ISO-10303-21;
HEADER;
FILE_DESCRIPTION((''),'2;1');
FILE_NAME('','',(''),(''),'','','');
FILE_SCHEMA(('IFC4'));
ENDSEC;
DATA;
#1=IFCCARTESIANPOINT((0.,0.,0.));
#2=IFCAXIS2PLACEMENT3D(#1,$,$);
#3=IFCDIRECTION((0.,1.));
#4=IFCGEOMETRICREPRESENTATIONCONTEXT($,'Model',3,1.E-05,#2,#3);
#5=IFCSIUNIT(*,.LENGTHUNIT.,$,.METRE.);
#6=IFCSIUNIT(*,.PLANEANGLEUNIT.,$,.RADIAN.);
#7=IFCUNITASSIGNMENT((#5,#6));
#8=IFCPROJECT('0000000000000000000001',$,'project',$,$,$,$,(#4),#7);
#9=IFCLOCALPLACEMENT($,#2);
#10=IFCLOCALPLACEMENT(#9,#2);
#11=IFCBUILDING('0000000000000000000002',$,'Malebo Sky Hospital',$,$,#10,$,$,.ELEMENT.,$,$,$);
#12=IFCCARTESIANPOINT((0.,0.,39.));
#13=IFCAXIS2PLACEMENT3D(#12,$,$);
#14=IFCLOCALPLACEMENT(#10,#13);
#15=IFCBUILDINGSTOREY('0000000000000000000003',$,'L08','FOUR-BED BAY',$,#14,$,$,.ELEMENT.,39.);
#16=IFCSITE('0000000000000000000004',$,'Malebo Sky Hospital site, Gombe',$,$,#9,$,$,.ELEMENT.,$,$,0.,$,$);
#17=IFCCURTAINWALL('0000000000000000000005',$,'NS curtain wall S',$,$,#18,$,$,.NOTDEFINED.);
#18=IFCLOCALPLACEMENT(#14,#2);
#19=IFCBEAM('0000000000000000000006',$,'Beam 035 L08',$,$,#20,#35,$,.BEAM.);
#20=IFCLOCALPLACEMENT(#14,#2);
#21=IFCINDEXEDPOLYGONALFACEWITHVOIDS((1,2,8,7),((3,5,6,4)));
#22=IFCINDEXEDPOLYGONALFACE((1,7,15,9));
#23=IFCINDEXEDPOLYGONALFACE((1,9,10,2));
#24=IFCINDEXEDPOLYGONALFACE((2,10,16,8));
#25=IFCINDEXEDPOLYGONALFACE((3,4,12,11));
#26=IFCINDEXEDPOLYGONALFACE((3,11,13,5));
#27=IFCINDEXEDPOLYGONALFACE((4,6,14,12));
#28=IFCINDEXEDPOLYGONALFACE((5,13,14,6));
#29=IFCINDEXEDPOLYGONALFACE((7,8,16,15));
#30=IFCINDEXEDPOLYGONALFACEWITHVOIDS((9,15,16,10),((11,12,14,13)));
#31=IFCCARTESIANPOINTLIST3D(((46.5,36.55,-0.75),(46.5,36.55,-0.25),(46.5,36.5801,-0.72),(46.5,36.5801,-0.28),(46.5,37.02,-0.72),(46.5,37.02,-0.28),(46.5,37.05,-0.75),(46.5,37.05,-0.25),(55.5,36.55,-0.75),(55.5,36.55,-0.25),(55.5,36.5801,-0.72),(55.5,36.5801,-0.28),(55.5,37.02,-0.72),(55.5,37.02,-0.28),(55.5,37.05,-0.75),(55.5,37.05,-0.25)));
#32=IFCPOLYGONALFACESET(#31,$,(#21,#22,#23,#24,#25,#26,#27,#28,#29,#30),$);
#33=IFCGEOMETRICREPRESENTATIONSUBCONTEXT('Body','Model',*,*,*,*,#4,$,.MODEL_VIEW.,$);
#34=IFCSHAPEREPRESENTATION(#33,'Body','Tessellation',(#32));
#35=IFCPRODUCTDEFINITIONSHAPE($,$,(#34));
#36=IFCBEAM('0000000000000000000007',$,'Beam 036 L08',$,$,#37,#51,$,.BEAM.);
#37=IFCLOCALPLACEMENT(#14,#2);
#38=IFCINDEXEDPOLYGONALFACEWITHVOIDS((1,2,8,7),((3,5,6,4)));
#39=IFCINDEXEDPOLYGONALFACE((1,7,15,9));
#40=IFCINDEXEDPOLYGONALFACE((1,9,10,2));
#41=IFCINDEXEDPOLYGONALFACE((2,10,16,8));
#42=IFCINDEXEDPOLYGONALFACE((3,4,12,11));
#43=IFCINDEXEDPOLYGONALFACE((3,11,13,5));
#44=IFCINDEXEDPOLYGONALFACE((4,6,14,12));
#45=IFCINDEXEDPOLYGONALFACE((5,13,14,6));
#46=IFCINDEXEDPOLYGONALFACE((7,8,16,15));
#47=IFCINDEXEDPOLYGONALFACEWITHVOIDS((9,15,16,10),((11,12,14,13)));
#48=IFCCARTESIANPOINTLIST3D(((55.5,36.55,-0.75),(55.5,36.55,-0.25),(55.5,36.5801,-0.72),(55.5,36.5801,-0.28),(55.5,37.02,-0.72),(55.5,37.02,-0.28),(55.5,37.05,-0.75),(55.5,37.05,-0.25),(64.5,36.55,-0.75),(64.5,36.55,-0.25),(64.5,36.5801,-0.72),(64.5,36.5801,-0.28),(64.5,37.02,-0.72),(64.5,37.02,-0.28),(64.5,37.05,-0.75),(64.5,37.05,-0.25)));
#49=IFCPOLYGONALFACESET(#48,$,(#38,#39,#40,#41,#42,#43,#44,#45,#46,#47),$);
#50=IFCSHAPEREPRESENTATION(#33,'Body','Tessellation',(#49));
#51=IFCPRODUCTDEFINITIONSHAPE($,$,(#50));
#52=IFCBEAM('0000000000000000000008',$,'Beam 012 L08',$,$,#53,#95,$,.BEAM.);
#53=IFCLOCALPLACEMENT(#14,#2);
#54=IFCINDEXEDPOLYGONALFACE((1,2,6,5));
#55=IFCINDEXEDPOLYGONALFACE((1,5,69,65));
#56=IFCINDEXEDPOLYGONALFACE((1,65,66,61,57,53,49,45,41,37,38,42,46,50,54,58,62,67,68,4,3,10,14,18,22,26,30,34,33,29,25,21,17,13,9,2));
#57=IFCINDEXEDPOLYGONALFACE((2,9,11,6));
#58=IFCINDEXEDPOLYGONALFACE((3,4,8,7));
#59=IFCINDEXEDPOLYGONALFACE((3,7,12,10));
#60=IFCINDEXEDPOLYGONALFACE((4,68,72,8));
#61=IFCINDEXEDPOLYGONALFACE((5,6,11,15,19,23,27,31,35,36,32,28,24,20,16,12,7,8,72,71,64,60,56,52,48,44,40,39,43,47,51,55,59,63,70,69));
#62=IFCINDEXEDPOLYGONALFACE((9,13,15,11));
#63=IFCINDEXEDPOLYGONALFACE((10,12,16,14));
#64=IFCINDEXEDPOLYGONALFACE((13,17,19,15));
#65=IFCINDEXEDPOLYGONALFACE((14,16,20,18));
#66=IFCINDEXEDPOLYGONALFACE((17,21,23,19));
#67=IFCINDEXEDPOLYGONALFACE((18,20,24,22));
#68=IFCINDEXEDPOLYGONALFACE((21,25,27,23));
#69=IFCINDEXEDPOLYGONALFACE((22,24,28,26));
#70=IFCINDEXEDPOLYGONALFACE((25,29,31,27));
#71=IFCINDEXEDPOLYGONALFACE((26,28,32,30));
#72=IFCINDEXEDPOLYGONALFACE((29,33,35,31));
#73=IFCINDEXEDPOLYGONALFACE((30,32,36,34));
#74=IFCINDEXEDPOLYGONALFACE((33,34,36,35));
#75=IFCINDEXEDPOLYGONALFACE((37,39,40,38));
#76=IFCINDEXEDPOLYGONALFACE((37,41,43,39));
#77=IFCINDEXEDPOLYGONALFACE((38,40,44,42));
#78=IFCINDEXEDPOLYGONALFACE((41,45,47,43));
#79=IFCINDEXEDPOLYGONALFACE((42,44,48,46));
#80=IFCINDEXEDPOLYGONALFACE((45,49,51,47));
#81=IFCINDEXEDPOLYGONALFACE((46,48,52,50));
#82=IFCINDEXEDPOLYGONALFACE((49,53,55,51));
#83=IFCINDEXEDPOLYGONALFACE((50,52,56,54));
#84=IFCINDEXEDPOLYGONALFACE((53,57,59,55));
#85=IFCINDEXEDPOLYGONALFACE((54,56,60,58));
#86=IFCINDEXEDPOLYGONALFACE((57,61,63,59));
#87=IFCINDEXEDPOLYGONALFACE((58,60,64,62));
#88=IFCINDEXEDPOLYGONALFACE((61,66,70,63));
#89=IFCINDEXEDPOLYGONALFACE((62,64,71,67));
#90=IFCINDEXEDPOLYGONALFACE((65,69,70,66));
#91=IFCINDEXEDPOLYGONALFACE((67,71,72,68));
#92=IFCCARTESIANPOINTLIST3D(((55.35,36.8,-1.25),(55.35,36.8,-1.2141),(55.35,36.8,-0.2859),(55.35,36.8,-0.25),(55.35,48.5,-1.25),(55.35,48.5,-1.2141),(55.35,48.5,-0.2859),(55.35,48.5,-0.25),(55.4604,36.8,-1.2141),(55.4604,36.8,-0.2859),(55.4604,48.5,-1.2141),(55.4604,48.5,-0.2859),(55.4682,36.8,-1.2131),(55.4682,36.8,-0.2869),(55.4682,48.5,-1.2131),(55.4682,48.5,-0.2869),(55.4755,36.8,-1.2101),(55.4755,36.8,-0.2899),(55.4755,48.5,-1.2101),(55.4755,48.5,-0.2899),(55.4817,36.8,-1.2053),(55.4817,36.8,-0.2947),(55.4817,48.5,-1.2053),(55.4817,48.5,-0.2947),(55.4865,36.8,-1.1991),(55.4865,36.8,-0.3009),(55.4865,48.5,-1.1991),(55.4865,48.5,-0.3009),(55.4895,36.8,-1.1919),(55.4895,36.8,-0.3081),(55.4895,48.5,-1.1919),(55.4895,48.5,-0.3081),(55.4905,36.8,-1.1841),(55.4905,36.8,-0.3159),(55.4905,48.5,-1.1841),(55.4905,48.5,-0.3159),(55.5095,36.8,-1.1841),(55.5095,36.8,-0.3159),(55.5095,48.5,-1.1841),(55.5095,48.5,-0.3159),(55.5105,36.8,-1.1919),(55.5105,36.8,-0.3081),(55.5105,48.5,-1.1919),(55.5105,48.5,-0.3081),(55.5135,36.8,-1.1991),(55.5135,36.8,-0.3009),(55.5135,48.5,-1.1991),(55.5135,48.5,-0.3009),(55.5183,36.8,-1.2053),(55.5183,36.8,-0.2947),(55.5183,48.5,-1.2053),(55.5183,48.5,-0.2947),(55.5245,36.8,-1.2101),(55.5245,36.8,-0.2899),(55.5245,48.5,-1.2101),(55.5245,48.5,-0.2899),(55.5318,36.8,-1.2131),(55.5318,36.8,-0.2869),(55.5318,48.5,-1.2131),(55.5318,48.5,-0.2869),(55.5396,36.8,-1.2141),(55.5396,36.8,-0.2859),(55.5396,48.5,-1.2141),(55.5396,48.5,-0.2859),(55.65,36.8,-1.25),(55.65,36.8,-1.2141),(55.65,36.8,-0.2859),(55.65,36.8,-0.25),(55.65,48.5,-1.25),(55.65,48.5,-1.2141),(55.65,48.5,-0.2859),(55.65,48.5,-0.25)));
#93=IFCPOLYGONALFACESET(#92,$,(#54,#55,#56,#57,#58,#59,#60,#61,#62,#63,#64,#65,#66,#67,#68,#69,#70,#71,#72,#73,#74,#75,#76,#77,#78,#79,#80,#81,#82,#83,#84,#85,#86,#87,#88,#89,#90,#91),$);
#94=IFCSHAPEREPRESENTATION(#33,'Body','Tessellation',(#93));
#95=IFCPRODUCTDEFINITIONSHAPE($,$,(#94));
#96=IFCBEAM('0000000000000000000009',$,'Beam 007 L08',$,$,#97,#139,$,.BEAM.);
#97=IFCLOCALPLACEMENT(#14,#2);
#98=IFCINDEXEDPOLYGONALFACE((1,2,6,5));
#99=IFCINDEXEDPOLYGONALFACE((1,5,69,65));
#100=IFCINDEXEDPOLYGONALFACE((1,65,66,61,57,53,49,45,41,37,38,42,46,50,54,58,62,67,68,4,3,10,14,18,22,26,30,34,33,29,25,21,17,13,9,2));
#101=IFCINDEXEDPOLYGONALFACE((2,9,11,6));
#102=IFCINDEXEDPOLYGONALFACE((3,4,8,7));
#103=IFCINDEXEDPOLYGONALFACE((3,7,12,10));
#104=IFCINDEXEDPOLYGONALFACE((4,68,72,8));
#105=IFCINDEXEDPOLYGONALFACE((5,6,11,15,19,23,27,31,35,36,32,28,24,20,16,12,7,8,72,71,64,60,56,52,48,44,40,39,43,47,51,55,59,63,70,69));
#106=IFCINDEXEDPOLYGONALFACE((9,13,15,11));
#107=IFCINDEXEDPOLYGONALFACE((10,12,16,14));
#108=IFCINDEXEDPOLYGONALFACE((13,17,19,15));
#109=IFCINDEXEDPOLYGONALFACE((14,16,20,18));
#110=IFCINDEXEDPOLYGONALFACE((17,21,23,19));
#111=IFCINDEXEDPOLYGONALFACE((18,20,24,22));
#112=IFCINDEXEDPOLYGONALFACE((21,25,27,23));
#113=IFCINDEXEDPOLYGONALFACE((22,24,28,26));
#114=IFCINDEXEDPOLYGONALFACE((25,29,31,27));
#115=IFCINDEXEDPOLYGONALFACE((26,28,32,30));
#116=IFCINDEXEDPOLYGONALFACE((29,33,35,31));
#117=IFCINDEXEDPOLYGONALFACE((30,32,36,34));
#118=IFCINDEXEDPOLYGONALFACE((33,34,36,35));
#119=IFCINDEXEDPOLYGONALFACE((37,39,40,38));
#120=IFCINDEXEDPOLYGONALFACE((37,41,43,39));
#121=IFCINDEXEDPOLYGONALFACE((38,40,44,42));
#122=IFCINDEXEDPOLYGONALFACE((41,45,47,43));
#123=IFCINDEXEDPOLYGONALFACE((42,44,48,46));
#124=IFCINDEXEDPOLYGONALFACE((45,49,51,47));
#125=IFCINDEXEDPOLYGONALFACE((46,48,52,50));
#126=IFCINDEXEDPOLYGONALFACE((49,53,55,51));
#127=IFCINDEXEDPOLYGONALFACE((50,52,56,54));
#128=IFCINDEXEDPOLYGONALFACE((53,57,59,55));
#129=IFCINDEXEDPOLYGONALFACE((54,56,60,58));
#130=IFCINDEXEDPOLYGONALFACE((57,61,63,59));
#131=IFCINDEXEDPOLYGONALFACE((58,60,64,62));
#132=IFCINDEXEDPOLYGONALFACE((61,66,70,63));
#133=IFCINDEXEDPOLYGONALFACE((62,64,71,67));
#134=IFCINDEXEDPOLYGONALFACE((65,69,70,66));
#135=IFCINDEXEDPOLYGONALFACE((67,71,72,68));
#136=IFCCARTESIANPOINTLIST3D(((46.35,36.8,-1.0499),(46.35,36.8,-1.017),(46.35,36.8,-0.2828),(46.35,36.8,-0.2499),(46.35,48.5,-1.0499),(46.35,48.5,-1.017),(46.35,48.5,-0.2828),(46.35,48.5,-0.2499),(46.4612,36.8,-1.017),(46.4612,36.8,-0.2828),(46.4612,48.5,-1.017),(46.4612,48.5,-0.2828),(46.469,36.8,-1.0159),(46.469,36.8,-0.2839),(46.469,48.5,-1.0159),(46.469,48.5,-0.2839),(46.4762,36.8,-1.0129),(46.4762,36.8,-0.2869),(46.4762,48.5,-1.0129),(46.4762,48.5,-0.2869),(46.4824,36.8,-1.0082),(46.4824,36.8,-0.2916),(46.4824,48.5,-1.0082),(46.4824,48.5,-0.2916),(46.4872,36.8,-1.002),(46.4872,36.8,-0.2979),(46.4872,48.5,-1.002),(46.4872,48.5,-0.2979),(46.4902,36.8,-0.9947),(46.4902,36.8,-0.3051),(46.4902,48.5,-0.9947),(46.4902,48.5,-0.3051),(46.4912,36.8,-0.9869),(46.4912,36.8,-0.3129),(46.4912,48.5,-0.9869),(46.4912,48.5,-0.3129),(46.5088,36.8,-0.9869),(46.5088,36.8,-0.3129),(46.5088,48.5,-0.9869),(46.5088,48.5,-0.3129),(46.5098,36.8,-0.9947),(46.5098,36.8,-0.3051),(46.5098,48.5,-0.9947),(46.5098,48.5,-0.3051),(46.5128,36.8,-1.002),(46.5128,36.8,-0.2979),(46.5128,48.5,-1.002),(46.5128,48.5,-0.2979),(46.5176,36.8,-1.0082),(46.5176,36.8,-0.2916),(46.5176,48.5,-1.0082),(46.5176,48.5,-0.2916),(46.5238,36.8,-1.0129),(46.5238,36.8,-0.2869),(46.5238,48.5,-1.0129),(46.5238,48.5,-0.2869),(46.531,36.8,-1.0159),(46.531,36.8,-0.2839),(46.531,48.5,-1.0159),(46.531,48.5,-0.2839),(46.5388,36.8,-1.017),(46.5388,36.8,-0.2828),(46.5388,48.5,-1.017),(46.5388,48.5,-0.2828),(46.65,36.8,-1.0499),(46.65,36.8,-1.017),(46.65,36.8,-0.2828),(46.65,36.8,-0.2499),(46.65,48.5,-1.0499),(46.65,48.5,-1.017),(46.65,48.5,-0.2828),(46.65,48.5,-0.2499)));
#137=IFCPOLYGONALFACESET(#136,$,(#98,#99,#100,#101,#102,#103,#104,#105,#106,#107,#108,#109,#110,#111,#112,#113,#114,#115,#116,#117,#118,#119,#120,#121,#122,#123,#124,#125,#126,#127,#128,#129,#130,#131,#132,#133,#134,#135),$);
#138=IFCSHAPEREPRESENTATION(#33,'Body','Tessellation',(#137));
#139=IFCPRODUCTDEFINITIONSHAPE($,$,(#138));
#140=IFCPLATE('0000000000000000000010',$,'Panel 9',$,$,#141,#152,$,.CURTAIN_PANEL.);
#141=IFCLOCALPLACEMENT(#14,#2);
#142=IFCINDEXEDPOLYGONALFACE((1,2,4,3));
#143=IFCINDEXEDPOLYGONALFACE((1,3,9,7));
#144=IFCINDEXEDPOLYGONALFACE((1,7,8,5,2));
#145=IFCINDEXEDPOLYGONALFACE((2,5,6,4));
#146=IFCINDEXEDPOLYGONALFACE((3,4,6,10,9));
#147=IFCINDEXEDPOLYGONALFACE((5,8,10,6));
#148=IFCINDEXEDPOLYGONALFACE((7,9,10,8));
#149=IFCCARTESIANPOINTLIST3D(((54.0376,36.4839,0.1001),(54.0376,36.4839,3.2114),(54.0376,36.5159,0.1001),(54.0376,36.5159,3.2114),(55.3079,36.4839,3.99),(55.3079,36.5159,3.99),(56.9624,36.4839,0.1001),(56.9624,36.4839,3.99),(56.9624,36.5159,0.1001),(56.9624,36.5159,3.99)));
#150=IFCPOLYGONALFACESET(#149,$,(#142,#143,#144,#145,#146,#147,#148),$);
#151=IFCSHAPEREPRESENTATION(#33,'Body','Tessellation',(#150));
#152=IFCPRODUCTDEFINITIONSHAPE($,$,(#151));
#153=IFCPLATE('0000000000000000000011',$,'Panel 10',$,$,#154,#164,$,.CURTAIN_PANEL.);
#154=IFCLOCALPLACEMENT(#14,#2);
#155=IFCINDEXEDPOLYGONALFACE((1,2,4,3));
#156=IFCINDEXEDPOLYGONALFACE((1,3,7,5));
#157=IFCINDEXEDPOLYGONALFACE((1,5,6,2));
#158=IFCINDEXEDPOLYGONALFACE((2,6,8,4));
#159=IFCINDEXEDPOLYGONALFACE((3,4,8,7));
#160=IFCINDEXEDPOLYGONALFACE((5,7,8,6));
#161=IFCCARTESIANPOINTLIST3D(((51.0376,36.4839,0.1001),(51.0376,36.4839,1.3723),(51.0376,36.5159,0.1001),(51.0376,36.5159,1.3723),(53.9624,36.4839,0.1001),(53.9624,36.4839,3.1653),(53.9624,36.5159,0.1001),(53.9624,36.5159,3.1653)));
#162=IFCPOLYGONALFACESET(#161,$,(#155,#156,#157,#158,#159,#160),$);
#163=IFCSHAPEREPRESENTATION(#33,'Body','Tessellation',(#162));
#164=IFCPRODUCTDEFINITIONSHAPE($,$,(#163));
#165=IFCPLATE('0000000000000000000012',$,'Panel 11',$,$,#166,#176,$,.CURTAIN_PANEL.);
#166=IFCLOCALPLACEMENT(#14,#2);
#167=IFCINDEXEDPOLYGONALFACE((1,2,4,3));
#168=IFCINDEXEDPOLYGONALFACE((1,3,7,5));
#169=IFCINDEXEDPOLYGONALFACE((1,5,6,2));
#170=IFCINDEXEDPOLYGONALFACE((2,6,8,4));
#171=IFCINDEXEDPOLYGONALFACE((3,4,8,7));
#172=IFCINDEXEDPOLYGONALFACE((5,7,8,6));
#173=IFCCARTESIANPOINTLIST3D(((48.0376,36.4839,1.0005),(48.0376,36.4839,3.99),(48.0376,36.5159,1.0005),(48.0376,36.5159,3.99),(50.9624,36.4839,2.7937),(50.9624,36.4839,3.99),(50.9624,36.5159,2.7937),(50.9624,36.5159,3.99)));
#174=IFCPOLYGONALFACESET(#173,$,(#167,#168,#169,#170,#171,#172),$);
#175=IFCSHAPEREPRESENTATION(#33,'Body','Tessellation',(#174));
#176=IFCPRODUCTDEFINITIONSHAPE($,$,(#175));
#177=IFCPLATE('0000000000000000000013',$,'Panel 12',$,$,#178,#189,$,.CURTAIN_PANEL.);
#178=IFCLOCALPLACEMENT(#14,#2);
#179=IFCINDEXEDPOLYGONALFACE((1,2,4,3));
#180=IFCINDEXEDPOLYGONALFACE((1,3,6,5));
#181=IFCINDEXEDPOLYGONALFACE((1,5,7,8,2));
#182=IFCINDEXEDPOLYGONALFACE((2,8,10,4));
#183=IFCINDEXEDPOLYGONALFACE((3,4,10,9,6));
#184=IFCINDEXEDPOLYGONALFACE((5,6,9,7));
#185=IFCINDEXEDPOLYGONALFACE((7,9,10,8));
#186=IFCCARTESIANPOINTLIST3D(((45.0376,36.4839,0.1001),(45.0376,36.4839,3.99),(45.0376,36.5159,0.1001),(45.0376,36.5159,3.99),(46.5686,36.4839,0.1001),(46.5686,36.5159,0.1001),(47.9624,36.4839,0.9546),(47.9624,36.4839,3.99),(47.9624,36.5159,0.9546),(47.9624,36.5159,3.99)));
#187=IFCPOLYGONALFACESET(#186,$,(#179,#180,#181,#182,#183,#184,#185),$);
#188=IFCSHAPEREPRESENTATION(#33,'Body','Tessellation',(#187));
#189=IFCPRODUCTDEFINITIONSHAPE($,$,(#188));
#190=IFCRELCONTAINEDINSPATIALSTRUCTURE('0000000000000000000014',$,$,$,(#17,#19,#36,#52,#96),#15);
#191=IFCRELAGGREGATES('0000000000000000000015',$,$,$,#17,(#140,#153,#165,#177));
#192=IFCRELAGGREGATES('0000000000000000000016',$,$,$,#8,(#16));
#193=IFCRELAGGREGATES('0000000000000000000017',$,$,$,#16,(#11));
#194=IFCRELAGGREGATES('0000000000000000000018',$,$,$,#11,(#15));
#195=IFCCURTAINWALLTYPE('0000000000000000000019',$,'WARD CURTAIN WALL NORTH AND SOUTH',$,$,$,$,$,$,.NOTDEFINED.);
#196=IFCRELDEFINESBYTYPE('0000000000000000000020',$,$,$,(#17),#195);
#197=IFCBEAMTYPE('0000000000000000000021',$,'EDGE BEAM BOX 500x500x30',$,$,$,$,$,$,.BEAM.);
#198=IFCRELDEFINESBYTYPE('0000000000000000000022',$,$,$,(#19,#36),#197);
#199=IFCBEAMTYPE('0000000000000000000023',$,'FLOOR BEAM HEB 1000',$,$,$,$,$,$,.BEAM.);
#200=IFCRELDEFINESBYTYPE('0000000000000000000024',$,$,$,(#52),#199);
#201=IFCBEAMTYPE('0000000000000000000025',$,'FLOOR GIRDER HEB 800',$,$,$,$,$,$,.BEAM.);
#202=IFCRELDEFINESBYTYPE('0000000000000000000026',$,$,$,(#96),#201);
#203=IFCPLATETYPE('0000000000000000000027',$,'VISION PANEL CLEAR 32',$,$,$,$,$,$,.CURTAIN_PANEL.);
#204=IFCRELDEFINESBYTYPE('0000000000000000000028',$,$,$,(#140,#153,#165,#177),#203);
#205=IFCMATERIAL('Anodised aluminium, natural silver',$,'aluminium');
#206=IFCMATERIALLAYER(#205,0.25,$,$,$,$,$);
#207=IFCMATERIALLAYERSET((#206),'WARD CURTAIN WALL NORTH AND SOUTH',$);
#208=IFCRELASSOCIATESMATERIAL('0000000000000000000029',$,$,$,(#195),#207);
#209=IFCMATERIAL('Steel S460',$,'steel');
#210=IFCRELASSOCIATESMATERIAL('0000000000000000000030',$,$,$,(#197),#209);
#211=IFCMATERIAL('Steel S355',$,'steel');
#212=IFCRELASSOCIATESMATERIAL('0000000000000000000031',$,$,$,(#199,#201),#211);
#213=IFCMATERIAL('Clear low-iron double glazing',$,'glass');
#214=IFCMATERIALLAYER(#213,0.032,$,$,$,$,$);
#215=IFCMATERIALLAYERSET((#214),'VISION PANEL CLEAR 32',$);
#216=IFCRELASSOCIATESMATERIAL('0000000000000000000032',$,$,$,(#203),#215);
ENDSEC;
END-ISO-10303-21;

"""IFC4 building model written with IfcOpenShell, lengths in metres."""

from ifc_helpers import new_model, si_unit, direction, frame, origin, origin_2d, place, context, subcontext, project, spatial, polyline, hollow_rectangle, i_section, outline, extrude, material, layer, layer_set, material_profile, profile_set, type_object, element, aggregate, save


model = new_model("IFC4")

# Units and contexts
model_context = context("Model", 3, precision=1e-05, world=origin(), true_north=direction((0.0, 1.0)))
body_context = subcontext(model_context, "Body", "Model", "MODEL_VIEW")
ifc_project = project(units=[si_unit("LENGTHUNIT", "METRE"), si_unit("PLANEANGLEUNIT", "RADIAN")], contexts=[model_context])

# Site, building, storey
site_placement = place(None, origin())
site = spatial("IfcSite", under=ifc_project, at=site_placement, Name="Malebo Sky Hospital site, Gombe", CompositionType="ELEMENT", RefElevation=0.0)
building_placement = place(site_placement, origin())
building = spatial("IfcBuilding", under=site, at=building_placement, Name="Malebo Sky Hospital", CompositionType="ELEMENT")
storey_placement = place(building_placement, frame((0.0, 0.0, 39.0)))
storey = spatial("IfcBuildingStorey", under=building, at=storey_placement, Name="L08", Description="FOUR-BED BAY", CompositionType="ELEMENT", Elevation=39.0)

# Shared definitions
ifc_material_1 = material(Name="Steel S460", Category="steel")

# Curtain wall
ifc_material_2 = material(Name="Anodised aluminium, natural silver", Category="aluminium")
ifc_layer_1 = layer(ifc_material_2, 0.25)
ifc_layer_set_1 = layer_set([ifc_layer_1], Name="WARD CURTAIN WALL NORTH AND SOUTH")
curtain_wall_type = type_object("IfcCurtainWallType", Name="WARD CURTAIN WALL NORTH AND SOUTH", PredefinedType="NOTDEFINED", material=ifc_layer_set_1)
curtain_wall_placement = place(storey_placement, origin())
curtain_wall = element("IfcCurtainWall", 1, at=curtain_wall_placement, inside=storey, type_object=curtain_wall_type, Name="NS curtain wall S", PredefinedType="NOTDEFINED")

# Shared definitions
ifc_material_3 = material(Name="Steel S355", Category="steel")

# Beams
ifc_material_profile_1 = material_profile(ifc_material_1, hollow_rectangle(XDim=0.5, YDim=0.5, WallThickness=0.03, at=origin_2d()), Name="BOX 500x500x30")
ifc_profile_set_1 = profile_set([ifc_material_profile_1], Name="Steel S460")
beam_type_1 = type_object("IfcBeamType", Name="EDGE BEAM BOX 500x500x30", PredefinedType="BEAM", material=ifc_profile_set_1)
for number, where, z_axis, x_axis, name in (
    (2, (46.5, 36.8, -0.5), (1.0, 0.0, 0.0), (0.0, 1.0, 0.0), "Beam 035 L08"),
    (3, (55.5, 36.8, -0.5), (1.0, 0.0, 0.0), (0.0, 1.0, 0.0), "Beam 036 L08"),
):
    element("IfcBeam", number, at=place(storey_placement, frame(where, z_axis=z_axis, x_axis=x_axis)), inside=storey, type_object=beam_type_1, Name=name, PredefinedType="BEAM", context=body_context, shape_type="SweptSolid", body=[
        extrude(hollow_rectangle(XDim=0.5, YDim=0.5, WallThickness=0.03, at=origin_2d()), origin(), (0.0, 0.0, 1.0), 9.0),
    ])
ifc_material_profile_2 = material_profile(ifc_material_3, i_section(OverallWidth=0.3, OverallDepth=1.0, WebThickness=0.019, FlangeThickness=0.0359, FilletRadius=0.03, at=origin_2d()), Name="HEB 1000")
ifc_profile_set_2 = profile_set([ifc_material_profile_2], Name="Steel S355")
beam_type_2 = type_object("IfcBeamType", Name="FLOOR BEAM HEB 1000", PredefinedType="BEAM", material=ifc_profile_set_2)
beam_1_placement = place(storey_placement, frame((55.5, 36.8, -0.75), z_axis=(0.0, 1.0, 0.0), x_axis=(-1.0, 0.0, 0.0)))
element("IfcBeam", 4, at=beam_1_placement, inside=storey, type_object=beam_type_2, Name="Beam 012 L08", PredefinedType="BEAM", context=body_context, shape_type="SweptSolid", body=[
    extrude(i_section(OverallWidth=0.3, OverallDepth=1.0, WebThickness=0.019, FlangeThickness=0.0359, FilletRadius=0.03, at=origin_2d()), origin(), (0.0, 0.0, 1.0), 11.7),
])
ifc_material_profile_3 = material_profile(ifc_material_3, i_section(OverallWidth=0.3, OverallDepth=0.8, WebThickness=0.0176, FlangeThickness=0.033, FilletRadius=0.03, at=origin_2d()), Name="HEB 800")
ifc_profile_set_3 = profile_set([ifc_material_profile_3], Name="Steel S355")
beam_type_3 = type_object("IfcBeamType", Name="FLOOR GIRDER HEB 800", PredefinedType="BEAM", material=ifc_profile_set_3)
beam_2_placement = place(storey_placement, frame((46.5, 36.8, -0.6499), z_axis=(0.0, 1.0, 0.0), x_axis=(-1.0, 0.0, 0.0)))
element("IfcBeam", 5, at=beam_2_placement, inside=storey, type_object=beam_type_3, Name="Beam 007 L08", PredefinedType="BEAM", context=body_context, shape_type="SweptSolid", body=[
    extrude(i_section(OverallWidth=0.3, OverallDepth=0.8, WebThickness=0.0176, FlangeThickness=0.033, FilletRadius=0.03, at=origin_2d()), origin(), (0.0, 0.0, 1.0), 11.7),
])

# Plates
ifc_material_4 = material(Name="Clear low-iron double glazing", Category="glass")
ifc_layer_2 = layer(ifc_material_4, 0.032)
ifc_layer_set_2 = layer_set([ifc_layer_2], Name="VISION PANEL CLEAR 32")
plate_type = type_object("IfcPlateType", Name="VISION PANEL CLEAR 32", PredefinedType="CURTAIN_PANEL", material=ifc_layer_set_2)
plate_1_placement = place(storey_placement, frame((55.5, 36.5, 0.1001), z_axis=(0.0, 0.0, 1.0), x_axis=(-1.0, 0.0, 0.0)))
plate_1 = element("IfcPlate", 6, at=plate_1_placement, type_object=plate_type, Name="Panel 9", PredefinedType="CURTAIN_PANEL", context=body_context, shape_type="SweptSolid", body=[
    extrude(outline(polyline([(-1.4624, 0.0), (1.4624, 0.0), (1.4624, 3.1113), (0.1921, 3.8899), (-1.4624, 3.8899), (-1.4624, 0.0)])), frame((0.0, 0.0161, 0.0), z_axis=(0.0, -1.0, 0.0), x_axis=(1.0, 0.0, 0.0)), (0.0, 0.0, 1.0), 0.032),
])
plate_2_placement = place(storey_placement, frame((52.5, 36.5, 0.1001), z_axis=(0.0, 0.0, 1.0), x_axis=(-1.0, 0.0, 0.0)))
plate_2 = element("IfcPlate", 7, at=plate_2_placement, type_object=plate_type, Name="Panel 10", PredefinedType="CURTAIN_PANEL", context=body_context, shape_type="SweptSolid", body=[
    extrude(outline(polyline([(-1.4624, 0.0), (1.4624, 0.0), (1.4624, 1.2722), (-1.4624, 3.0652), (-1.4624, 0.0)])), frame((0.0, 0.0161, 0.0), z_axis=(0.0, -1.0, 0.0), x_axis=(1.0, 0.0, 0.0)), (0.0, 0.0, 1.0), 0.032),
])
plate_3_placement = place(storey_placement, frame((49.5, 36.5, 1.0005), z_axis=(0.0, 0.0, 1.0), x_axis=(-1.0, 0.0, 0.0)))
plate_3 = element("IfcPlate", 8, at=plate_3_placement, type_object=plate_type, Name="Panel 11", PredefinedType="CURTAIN_PANEL", context=body_context, shape_type="SweptSolid", body=[
    extrude(outline(polyline([(1.4624, 0.0), (1.4624, 2.9895), (-1.4624, 2.9895), (-1.4624, 1.7932), (1.4624, 0.0)])), frame((0.0, 0.0161, 0.0), z_axis=(0.0, -1.0, 0.0), x_axis=(1.0, 0.0, 0.0)), (0.0, 0.0, 1.0), 0.032),
])
plate_4_placement = place(storey_placement, frame((46.5, 36.5, 0.1001), z_axis=(0.0, 0.0, 1.0), x_axis=(-1.0, 0.0, 0.0)))
plate_4 = element("IfcPlate", 9, at=plate_4_placement, type_object=plate_type, Name="Panel 12", PredefinedType="CURTAIN_PANEL", context=body_context, shape_type="SweptSolid", body=[
    extrude(outline(polyline([(-0.0686, 0.0), (1.4624, 0.0), (1.4624, 3.8899), (-1.4624, 3.8899), (-1.4624, 0.8545), (-0.0686, 0.0)])), frame((0.0, 0.0161, 0.0), z_axis=(0.0, -1.0, 0.0), x_axis=(1.0, 0.0, 0.0)), (0.0, 0.0, 1.0), 0.032),
])
aggregate(curtain_wall, [plate_1, plate_2, plate_3, plate_4])

save(model, "model.ifc")
